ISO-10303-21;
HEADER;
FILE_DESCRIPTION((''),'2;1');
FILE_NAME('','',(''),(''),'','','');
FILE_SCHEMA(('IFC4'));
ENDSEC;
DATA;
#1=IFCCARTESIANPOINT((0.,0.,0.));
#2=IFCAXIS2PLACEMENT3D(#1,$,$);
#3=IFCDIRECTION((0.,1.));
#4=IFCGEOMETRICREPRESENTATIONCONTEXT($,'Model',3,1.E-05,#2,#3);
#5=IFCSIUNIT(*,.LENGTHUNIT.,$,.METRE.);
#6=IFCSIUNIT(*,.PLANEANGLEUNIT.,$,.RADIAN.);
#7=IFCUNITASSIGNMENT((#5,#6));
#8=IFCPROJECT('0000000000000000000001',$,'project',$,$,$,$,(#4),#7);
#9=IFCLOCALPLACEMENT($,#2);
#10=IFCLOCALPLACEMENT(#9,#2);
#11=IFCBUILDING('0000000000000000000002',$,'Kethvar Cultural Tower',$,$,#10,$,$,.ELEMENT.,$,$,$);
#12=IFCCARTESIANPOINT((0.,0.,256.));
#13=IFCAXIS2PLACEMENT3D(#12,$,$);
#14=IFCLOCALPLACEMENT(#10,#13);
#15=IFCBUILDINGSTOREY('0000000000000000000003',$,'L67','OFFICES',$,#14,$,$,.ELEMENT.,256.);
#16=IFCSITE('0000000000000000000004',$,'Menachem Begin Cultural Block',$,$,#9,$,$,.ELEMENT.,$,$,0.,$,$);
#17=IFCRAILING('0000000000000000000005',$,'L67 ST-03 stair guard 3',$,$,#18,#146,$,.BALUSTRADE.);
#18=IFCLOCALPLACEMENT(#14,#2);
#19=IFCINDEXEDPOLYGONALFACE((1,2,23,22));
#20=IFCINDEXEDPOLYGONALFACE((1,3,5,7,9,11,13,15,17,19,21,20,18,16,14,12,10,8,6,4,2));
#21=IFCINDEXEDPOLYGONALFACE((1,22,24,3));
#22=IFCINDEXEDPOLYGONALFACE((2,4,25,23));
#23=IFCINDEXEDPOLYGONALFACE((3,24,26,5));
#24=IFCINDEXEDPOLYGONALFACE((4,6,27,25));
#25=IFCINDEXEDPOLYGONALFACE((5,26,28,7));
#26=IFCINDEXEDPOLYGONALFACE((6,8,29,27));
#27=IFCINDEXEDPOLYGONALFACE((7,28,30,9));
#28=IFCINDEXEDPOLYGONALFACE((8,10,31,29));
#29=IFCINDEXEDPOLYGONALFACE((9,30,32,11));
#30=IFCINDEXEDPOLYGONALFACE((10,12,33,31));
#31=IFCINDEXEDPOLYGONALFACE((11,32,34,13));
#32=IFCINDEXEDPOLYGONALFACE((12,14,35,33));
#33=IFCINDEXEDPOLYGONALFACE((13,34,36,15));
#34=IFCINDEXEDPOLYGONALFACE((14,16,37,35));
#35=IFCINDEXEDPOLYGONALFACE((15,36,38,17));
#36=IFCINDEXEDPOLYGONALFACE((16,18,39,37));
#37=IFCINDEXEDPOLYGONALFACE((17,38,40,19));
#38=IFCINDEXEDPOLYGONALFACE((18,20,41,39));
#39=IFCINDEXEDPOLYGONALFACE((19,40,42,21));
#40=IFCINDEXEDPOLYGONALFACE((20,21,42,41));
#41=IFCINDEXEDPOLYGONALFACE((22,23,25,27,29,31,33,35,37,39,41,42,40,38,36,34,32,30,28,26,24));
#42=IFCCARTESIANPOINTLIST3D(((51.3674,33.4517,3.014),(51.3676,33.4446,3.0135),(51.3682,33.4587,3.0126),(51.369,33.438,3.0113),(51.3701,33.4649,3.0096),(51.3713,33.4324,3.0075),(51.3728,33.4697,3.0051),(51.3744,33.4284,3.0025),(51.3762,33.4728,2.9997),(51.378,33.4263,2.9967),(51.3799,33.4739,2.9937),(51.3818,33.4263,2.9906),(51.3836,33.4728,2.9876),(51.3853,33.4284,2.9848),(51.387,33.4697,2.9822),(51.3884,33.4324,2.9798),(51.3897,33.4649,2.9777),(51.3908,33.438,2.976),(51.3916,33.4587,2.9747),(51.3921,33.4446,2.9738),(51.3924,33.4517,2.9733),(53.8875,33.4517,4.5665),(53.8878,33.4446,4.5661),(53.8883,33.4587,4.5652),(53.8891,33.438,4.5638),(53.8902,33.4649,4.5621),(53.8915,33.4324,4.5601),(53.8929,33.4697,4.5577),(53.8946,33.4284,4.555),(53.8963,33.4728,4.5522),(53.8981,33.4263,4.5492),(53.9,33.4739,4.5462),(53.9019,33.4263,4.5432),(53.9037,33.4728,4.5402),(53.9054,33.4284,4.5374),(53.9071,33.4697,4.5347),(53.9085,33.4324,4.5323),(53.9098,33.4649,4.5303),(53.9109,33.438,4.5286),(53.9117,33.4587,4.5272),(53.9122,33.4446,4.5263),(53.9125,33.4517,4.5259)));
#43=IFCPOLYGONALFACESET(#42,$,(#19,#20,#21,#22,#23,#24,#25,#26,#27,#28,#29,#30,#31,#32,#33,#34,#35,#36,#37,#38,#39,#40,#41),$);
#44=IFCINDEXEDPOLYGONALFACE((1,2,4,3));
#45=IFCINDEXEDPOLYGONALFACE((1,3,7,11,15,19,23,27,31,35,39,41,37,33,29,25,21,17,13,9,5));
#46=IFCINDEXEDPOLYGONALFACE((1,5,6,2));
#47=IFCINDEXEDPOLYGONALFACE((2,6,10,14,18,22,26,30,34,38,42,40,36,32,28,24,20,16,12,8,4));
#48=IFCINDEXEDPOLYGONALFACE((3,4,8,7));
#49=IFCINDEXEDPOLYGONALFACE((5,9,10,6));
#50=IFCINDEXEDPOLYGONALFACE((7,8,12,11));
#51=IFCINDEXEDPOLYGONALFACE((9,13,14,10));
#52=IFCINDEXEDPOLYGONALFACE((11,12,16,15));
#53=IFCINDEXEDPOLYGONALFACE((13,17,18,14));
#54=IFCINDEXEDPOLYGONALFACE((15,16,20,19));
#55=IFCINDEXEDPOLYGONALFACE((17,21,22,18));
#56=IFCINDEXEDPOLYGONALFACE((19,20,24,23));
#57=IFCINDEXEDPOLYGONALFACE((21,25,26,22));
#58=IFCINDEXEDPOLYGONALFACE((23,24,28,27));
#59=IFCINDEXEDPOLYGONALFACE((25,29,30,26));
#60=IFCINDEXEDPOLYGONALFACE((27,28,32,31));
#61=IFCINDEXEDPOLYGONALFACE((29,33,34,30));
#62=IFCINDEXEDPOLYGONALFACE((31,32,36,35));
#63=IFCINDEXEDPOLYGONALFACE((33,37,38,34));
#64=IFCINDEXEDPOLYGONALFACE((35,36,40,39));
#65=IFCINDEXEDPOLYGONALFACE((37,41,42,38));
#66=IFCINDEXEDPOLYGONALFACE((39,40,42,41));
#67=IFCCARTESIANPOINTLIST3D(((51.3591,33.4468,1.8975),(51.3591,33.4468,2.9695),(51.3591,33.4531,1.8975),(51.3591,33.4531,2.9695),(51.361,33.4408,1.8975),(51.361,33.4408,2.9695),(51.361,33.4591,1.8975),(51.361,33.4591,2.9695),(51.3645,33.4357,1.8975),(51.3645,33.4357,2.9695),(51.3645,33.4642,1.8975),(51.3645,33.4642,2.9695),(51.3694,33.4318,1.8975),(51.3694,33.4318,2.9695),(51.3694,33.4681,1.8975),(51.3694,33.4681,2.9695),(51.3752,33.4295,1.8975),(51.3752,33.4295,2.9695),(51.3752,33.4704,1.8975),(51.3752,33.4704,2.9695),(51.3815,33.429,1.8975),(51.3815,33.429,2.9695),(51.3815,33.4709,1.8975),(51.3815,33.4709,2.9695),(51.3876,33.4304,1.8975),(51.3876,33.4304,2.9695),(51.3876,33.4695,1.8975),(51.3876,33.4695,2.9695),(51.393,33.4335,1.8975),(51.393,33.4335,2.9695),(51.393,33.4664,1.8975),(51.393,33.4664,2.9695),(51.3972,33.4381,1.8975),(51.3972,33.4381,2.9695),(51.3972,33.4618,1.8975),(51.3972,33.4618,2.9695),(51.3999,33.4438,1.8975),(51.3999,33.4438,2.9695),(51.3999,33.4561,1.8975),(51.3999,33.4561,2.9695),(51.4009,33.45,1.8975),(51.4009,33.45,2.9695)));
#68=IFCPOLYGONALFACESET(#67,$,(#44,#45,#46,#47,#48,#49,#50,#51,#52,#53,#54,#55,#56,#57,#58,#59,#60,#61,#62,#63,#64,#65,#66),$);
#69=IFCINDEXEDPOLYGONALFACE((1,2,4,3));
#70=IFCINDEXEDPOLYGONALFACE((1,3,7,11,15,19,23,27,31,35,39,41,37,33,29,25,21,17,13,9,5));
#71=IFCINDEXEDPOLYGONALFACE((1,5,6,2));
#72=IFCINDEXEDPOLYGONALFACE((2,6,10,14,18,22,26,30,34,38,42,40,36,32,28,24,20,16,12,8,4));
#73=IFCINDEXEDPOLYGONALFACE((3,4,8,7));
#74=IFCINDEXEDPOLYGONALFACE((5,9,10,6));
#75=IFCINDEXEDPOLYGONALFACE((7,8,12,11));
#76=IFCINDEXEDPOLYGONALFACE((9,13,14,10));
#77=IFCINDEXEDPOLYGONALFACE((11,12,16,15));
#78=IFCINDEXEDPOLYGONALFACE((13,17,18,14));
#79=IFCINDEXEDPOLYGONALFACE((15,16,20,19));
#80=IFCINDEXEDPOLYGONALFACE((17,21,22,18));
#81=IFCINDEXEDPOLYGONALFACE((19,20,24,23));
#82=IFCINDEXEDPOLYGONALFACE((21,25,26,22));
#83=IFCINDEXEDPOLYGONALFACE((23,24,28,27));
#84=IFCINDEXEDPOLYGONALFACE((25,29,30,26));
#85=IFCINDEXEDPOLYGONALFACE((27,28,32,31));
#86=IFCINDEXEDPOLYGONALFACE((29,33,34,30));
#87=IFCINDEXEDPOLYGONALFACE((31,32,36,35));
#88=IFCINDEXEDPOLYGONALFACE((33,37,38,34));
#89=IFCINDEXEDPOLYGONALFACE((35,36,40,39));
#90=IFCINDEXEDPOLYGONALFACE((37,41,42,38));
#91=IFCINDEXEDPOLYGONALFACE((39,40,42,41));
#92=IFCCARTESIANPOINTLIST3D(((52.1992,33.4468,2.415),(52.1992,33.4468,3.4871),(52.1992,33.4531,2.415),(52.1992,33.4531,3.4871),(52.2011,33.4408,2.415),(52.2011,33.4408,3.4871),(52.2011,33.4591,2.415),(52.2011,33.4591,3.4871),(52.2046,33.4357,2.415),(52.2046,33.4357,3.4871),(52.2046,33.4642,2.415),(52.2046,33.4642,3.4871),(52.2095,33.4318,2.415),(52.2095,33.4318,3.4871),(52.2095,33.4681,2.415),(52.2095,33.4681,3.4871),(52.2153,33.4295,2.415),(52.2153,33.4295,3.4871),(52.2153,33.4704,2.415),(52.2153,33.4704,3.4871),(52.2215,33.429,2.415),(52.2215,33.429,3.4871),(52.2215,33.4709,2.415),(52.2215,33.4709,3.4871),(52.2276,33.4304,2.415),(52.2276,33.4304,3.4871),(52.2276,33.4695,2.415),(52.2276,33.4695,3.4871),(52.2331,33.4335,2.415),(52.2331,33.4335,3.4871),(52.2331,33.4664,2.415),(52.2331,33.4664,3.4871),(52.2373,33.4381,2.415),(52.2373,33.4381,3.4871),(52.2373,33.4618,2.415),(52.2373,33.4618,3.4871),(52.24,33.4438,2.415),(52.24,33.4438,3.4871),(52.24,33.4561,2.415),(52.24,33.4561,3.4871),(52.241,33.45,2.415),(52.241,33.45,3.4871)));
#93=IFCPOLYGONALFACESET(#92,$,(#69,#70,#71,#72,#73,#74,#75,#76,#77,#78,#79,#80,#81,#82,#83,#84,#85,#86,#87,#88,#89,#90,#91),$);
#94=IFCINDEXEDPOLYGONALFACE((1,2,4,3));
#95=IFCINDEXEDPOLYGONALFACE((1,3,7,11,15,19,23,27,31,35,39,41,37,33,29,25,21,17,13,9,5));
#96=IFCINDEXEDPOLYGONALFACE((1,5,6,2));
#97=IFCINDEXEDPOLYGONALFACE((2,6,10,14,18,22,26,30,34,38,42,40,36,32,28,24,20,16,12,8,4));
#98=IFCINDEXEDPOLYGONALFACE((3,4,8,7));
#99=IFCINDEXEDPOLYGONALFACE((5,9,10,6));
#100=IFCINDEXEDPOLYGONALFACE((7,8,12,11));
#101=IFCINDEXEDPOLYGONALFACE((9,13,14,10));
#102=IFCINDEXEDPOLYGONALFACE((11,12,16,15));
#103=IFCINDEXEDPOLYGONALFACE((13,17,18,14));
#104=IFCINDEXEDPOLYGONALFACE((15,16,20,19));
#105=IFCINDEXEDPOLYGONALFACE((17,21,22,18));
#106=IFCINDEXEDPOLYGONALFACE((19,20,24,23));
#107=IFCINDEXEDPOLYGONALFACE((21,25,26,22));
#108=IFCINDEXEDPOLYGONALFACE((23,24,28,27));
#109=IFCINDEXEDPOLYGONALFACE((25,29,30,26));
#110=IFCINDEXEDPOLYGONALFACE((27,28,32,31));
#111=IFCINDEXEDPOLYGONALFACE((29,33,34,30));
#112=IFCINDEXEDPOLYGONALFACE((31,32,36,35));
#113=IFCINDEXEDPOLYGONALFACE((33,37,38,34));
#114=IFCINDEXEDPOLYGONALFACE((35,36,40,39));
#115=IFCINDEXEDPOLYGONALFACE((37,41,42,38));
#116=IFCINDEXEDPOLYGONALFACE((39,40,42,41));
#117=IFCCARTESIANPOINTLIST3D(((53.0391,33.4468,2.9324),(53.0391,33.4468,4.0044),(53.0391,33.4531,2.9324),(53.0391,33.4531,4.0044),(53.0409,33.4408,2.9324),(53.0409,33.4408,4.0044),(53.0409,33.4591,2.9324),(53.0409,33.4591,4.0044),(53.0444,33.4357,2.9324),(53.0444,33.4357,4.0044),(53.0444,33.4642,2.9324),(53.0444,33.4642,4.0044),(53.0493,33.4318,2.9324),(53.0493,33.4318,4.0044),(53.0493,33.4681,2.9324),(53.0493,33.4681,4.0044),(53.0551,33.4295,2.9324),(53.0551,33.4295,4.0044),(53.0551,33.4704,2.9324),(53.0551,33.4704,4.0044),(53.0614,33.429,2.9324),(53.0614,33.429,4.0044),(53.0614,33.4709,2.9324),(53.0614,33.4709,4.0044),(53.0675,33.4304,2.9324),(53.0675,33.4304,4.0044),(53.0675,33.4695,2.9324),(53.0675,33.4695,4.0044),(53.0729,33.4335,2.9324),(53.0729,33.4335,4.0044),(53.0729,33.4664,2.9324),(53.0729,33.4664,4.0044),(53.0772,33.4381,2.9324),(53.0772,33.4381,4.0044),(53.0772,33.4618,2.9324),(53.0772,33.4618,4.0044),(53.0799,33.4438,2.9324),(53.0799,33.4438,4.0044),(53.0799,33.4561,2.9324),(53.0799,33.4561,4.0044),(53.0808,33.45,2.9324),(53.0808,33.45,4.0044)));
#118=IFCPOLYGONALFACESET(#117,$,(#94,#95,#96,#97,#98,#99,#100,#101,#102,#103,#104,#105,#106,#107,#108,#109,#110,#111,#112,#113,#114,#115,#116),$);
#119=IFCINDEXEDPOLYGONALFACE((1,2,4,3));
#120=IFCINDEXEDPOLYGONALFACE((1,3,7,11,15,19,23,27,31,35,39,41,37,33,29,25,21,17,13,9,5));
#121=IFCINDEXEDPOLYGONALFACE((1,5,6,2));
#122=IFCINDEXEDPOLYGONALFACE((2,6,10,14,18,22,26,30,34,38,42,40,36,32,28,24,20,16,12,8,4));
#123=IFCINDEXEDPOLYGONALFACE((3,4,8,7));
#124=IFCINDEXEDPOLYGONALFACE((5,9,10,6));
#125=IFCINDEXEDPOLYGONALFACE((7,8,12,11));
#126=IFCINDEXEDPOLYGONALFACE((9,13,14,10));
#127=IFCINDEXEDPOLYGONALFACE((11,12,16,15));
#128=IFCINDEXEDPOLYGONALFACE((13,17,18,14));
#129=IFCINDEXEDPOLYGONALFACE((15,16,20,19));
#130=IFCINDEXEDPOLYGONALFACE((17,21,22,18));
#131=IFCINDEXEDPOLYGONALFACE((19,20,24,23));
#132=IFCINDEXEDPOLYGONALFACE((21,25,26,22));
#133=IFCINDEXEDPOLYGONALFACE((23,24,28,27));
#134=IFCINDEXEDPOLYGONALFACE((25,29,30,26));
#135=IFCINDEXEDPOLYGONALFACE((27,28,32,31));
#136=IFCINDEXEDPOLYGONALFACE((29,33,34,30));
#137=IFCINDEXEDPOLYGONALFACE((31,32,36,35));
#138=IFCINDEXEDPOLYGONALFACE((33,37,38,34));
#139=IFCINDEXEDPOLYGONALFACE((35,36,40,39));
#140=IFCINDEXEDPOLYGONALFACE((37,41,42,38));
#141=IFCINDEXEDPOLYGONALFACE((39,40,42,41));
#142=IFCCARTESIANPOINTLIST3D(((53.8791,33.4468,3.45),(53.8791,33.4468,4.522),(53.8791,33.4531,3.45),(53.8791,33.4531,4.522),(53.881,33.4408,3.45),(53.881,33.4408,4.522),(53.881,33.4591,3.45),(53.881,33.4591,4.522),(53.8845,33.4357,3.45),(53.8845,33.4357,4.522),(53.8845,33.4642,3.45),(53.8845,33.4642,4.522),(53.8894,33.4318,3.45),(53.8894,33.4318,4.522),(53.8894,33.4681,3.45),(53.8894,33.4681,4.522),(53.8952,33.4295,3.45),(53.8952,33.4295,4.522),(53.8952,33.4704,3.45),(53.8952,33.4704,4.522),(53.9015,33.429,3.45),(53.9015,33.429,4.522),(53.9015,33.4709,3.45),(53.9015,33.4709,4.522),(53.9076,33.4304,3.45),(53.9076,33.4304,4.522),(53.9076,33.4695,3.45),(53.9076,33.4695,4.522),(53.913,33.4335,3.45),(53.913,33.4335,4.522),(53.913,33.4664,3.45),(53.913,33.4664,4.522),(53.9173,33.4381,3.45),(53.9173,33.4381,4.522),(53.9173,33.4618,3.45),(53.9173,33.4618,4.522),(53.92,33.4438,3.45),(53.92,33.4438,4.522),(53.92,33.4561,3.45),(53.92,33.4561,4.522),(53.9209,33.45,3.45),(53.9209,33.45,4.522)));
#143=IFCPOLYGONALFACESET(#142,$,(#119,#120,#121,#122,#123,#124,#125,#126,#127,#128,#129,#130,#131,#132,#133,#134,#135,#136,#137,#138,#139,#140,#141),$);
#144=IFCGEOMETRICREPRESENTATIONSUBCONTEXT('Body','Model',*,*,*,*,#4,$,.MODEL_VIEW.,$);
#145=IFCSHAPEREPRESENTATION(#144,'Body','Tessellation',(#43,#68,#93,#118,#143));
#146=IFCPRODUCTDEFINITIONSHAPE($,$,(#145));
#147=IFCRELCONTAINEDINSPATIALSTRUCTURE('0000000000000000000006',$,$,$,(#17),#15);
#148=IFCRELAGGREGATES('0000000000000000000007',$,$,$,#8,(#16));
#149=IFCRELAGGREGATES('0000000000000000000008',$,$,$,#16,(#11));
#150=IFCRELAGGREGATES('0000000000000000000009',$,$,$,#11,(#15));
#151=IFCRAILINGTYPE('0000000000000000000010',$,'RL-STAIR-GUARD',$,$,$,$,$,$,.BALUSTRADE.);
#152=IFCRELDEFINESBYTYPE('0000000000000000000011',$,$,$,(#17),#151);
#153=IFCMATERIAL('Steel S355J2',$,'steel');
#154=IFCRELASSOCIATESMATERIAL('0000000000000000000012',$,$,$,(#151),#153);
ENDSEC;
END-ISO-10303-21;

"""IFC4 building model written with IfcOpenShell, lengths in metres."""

from ifc_helpers import new_model, si_unit, direction, frame, origin, origin_2d, place, context, subcontext, project, spatial, circle, extrude, material, type_object, element, save


model = new_model("IFC4")

# Units and contexts
model_context = context("Model", 3, precision=1e-05, world=origin(), true_north=direction((0.0, 1.0)))
body_context = subcontext(model_context, "Body", "Model", "MODEL_VIEW")
ifc_project = project(units=[si_unit("LENGTHUNIT", "METRE"), si_unit("PLANEANGLEUNIT", "RADIAN")], contexts=[model_context])

# Site, building, storey
site_placement = place(None, origin())
site = spatial("IfcSite", under=ifc_project, at=site_placement, Name="Menachem Begin Cultural Block", CompositionType="ELEMENT", RefElevation=0.0)
building_placement = place(site_placement, origin())
building = spatial("IfcBuilding", under=site, at=building_placement, Name="Kethvar Cultural Tower", CompositionType="ELEMENT")
storey_placement = place(building_placement, frame((0.0, 0.0, 256.0)))
storey = spatial("IfcBuildingStorey", under=building, at=storey_placement, Name="L67", Description="OFFICES", CompositionType="ELEMENT", Elevation=256.0)

# Shared definitions
ifc_material_1 = material(Name="Steel S355J2", Category="steel")

# Railing
railing_type_1 = type_object("IfcRailingType", Name="RL-STAIR-GUARD", PredefinedType="BALUSTRADE", material=ifc_material_1)
railing_1_placement = place(storey_placement, frame((51.3799, 33.45, 1.8975)))
element("IfcRailing", 1, at=railing_1_placement, inside=storey, type_object=railing_type_1, Name="L67 ST-03 stair guard 3", PredefinedType="BALUSTRADE", context=body_context, shape_type="SweptSolid", body=[
    extrude(circle(Radius=0.0239, at=origin_2d()), frame((0.0, 0.0, 1.0962), z_axis=(0.8514, 0.0, 0.524516), x_axis=(0.0, 1.0, 0.0)), (0.0, 0.0, 1.0), 2.96),
    extrude(circle(Radius=0.021, at=origin_2d()), origin(), (0.0, 0.0, 1.0), 1.072),
    extrude(circle(Radius=0.021, at=origin_2d()), frame((0.8401, 0.0, 0.5176)), (0.0, 0.0, 1.0), 1.072),
    extrude(circle(Radius=0.021, at=origin_2d()), frame((1.6799, 0.0, 1.0349)), (0.0, 0.0, 1.0), 1.072),
    extrude(circle(Radius=0.021, at=origin_2d()), frame((2.52, 0.0, 1.5525)), (0.0, 0.0, 1.0), 1.072),
])

save(model, "model.ifc")
